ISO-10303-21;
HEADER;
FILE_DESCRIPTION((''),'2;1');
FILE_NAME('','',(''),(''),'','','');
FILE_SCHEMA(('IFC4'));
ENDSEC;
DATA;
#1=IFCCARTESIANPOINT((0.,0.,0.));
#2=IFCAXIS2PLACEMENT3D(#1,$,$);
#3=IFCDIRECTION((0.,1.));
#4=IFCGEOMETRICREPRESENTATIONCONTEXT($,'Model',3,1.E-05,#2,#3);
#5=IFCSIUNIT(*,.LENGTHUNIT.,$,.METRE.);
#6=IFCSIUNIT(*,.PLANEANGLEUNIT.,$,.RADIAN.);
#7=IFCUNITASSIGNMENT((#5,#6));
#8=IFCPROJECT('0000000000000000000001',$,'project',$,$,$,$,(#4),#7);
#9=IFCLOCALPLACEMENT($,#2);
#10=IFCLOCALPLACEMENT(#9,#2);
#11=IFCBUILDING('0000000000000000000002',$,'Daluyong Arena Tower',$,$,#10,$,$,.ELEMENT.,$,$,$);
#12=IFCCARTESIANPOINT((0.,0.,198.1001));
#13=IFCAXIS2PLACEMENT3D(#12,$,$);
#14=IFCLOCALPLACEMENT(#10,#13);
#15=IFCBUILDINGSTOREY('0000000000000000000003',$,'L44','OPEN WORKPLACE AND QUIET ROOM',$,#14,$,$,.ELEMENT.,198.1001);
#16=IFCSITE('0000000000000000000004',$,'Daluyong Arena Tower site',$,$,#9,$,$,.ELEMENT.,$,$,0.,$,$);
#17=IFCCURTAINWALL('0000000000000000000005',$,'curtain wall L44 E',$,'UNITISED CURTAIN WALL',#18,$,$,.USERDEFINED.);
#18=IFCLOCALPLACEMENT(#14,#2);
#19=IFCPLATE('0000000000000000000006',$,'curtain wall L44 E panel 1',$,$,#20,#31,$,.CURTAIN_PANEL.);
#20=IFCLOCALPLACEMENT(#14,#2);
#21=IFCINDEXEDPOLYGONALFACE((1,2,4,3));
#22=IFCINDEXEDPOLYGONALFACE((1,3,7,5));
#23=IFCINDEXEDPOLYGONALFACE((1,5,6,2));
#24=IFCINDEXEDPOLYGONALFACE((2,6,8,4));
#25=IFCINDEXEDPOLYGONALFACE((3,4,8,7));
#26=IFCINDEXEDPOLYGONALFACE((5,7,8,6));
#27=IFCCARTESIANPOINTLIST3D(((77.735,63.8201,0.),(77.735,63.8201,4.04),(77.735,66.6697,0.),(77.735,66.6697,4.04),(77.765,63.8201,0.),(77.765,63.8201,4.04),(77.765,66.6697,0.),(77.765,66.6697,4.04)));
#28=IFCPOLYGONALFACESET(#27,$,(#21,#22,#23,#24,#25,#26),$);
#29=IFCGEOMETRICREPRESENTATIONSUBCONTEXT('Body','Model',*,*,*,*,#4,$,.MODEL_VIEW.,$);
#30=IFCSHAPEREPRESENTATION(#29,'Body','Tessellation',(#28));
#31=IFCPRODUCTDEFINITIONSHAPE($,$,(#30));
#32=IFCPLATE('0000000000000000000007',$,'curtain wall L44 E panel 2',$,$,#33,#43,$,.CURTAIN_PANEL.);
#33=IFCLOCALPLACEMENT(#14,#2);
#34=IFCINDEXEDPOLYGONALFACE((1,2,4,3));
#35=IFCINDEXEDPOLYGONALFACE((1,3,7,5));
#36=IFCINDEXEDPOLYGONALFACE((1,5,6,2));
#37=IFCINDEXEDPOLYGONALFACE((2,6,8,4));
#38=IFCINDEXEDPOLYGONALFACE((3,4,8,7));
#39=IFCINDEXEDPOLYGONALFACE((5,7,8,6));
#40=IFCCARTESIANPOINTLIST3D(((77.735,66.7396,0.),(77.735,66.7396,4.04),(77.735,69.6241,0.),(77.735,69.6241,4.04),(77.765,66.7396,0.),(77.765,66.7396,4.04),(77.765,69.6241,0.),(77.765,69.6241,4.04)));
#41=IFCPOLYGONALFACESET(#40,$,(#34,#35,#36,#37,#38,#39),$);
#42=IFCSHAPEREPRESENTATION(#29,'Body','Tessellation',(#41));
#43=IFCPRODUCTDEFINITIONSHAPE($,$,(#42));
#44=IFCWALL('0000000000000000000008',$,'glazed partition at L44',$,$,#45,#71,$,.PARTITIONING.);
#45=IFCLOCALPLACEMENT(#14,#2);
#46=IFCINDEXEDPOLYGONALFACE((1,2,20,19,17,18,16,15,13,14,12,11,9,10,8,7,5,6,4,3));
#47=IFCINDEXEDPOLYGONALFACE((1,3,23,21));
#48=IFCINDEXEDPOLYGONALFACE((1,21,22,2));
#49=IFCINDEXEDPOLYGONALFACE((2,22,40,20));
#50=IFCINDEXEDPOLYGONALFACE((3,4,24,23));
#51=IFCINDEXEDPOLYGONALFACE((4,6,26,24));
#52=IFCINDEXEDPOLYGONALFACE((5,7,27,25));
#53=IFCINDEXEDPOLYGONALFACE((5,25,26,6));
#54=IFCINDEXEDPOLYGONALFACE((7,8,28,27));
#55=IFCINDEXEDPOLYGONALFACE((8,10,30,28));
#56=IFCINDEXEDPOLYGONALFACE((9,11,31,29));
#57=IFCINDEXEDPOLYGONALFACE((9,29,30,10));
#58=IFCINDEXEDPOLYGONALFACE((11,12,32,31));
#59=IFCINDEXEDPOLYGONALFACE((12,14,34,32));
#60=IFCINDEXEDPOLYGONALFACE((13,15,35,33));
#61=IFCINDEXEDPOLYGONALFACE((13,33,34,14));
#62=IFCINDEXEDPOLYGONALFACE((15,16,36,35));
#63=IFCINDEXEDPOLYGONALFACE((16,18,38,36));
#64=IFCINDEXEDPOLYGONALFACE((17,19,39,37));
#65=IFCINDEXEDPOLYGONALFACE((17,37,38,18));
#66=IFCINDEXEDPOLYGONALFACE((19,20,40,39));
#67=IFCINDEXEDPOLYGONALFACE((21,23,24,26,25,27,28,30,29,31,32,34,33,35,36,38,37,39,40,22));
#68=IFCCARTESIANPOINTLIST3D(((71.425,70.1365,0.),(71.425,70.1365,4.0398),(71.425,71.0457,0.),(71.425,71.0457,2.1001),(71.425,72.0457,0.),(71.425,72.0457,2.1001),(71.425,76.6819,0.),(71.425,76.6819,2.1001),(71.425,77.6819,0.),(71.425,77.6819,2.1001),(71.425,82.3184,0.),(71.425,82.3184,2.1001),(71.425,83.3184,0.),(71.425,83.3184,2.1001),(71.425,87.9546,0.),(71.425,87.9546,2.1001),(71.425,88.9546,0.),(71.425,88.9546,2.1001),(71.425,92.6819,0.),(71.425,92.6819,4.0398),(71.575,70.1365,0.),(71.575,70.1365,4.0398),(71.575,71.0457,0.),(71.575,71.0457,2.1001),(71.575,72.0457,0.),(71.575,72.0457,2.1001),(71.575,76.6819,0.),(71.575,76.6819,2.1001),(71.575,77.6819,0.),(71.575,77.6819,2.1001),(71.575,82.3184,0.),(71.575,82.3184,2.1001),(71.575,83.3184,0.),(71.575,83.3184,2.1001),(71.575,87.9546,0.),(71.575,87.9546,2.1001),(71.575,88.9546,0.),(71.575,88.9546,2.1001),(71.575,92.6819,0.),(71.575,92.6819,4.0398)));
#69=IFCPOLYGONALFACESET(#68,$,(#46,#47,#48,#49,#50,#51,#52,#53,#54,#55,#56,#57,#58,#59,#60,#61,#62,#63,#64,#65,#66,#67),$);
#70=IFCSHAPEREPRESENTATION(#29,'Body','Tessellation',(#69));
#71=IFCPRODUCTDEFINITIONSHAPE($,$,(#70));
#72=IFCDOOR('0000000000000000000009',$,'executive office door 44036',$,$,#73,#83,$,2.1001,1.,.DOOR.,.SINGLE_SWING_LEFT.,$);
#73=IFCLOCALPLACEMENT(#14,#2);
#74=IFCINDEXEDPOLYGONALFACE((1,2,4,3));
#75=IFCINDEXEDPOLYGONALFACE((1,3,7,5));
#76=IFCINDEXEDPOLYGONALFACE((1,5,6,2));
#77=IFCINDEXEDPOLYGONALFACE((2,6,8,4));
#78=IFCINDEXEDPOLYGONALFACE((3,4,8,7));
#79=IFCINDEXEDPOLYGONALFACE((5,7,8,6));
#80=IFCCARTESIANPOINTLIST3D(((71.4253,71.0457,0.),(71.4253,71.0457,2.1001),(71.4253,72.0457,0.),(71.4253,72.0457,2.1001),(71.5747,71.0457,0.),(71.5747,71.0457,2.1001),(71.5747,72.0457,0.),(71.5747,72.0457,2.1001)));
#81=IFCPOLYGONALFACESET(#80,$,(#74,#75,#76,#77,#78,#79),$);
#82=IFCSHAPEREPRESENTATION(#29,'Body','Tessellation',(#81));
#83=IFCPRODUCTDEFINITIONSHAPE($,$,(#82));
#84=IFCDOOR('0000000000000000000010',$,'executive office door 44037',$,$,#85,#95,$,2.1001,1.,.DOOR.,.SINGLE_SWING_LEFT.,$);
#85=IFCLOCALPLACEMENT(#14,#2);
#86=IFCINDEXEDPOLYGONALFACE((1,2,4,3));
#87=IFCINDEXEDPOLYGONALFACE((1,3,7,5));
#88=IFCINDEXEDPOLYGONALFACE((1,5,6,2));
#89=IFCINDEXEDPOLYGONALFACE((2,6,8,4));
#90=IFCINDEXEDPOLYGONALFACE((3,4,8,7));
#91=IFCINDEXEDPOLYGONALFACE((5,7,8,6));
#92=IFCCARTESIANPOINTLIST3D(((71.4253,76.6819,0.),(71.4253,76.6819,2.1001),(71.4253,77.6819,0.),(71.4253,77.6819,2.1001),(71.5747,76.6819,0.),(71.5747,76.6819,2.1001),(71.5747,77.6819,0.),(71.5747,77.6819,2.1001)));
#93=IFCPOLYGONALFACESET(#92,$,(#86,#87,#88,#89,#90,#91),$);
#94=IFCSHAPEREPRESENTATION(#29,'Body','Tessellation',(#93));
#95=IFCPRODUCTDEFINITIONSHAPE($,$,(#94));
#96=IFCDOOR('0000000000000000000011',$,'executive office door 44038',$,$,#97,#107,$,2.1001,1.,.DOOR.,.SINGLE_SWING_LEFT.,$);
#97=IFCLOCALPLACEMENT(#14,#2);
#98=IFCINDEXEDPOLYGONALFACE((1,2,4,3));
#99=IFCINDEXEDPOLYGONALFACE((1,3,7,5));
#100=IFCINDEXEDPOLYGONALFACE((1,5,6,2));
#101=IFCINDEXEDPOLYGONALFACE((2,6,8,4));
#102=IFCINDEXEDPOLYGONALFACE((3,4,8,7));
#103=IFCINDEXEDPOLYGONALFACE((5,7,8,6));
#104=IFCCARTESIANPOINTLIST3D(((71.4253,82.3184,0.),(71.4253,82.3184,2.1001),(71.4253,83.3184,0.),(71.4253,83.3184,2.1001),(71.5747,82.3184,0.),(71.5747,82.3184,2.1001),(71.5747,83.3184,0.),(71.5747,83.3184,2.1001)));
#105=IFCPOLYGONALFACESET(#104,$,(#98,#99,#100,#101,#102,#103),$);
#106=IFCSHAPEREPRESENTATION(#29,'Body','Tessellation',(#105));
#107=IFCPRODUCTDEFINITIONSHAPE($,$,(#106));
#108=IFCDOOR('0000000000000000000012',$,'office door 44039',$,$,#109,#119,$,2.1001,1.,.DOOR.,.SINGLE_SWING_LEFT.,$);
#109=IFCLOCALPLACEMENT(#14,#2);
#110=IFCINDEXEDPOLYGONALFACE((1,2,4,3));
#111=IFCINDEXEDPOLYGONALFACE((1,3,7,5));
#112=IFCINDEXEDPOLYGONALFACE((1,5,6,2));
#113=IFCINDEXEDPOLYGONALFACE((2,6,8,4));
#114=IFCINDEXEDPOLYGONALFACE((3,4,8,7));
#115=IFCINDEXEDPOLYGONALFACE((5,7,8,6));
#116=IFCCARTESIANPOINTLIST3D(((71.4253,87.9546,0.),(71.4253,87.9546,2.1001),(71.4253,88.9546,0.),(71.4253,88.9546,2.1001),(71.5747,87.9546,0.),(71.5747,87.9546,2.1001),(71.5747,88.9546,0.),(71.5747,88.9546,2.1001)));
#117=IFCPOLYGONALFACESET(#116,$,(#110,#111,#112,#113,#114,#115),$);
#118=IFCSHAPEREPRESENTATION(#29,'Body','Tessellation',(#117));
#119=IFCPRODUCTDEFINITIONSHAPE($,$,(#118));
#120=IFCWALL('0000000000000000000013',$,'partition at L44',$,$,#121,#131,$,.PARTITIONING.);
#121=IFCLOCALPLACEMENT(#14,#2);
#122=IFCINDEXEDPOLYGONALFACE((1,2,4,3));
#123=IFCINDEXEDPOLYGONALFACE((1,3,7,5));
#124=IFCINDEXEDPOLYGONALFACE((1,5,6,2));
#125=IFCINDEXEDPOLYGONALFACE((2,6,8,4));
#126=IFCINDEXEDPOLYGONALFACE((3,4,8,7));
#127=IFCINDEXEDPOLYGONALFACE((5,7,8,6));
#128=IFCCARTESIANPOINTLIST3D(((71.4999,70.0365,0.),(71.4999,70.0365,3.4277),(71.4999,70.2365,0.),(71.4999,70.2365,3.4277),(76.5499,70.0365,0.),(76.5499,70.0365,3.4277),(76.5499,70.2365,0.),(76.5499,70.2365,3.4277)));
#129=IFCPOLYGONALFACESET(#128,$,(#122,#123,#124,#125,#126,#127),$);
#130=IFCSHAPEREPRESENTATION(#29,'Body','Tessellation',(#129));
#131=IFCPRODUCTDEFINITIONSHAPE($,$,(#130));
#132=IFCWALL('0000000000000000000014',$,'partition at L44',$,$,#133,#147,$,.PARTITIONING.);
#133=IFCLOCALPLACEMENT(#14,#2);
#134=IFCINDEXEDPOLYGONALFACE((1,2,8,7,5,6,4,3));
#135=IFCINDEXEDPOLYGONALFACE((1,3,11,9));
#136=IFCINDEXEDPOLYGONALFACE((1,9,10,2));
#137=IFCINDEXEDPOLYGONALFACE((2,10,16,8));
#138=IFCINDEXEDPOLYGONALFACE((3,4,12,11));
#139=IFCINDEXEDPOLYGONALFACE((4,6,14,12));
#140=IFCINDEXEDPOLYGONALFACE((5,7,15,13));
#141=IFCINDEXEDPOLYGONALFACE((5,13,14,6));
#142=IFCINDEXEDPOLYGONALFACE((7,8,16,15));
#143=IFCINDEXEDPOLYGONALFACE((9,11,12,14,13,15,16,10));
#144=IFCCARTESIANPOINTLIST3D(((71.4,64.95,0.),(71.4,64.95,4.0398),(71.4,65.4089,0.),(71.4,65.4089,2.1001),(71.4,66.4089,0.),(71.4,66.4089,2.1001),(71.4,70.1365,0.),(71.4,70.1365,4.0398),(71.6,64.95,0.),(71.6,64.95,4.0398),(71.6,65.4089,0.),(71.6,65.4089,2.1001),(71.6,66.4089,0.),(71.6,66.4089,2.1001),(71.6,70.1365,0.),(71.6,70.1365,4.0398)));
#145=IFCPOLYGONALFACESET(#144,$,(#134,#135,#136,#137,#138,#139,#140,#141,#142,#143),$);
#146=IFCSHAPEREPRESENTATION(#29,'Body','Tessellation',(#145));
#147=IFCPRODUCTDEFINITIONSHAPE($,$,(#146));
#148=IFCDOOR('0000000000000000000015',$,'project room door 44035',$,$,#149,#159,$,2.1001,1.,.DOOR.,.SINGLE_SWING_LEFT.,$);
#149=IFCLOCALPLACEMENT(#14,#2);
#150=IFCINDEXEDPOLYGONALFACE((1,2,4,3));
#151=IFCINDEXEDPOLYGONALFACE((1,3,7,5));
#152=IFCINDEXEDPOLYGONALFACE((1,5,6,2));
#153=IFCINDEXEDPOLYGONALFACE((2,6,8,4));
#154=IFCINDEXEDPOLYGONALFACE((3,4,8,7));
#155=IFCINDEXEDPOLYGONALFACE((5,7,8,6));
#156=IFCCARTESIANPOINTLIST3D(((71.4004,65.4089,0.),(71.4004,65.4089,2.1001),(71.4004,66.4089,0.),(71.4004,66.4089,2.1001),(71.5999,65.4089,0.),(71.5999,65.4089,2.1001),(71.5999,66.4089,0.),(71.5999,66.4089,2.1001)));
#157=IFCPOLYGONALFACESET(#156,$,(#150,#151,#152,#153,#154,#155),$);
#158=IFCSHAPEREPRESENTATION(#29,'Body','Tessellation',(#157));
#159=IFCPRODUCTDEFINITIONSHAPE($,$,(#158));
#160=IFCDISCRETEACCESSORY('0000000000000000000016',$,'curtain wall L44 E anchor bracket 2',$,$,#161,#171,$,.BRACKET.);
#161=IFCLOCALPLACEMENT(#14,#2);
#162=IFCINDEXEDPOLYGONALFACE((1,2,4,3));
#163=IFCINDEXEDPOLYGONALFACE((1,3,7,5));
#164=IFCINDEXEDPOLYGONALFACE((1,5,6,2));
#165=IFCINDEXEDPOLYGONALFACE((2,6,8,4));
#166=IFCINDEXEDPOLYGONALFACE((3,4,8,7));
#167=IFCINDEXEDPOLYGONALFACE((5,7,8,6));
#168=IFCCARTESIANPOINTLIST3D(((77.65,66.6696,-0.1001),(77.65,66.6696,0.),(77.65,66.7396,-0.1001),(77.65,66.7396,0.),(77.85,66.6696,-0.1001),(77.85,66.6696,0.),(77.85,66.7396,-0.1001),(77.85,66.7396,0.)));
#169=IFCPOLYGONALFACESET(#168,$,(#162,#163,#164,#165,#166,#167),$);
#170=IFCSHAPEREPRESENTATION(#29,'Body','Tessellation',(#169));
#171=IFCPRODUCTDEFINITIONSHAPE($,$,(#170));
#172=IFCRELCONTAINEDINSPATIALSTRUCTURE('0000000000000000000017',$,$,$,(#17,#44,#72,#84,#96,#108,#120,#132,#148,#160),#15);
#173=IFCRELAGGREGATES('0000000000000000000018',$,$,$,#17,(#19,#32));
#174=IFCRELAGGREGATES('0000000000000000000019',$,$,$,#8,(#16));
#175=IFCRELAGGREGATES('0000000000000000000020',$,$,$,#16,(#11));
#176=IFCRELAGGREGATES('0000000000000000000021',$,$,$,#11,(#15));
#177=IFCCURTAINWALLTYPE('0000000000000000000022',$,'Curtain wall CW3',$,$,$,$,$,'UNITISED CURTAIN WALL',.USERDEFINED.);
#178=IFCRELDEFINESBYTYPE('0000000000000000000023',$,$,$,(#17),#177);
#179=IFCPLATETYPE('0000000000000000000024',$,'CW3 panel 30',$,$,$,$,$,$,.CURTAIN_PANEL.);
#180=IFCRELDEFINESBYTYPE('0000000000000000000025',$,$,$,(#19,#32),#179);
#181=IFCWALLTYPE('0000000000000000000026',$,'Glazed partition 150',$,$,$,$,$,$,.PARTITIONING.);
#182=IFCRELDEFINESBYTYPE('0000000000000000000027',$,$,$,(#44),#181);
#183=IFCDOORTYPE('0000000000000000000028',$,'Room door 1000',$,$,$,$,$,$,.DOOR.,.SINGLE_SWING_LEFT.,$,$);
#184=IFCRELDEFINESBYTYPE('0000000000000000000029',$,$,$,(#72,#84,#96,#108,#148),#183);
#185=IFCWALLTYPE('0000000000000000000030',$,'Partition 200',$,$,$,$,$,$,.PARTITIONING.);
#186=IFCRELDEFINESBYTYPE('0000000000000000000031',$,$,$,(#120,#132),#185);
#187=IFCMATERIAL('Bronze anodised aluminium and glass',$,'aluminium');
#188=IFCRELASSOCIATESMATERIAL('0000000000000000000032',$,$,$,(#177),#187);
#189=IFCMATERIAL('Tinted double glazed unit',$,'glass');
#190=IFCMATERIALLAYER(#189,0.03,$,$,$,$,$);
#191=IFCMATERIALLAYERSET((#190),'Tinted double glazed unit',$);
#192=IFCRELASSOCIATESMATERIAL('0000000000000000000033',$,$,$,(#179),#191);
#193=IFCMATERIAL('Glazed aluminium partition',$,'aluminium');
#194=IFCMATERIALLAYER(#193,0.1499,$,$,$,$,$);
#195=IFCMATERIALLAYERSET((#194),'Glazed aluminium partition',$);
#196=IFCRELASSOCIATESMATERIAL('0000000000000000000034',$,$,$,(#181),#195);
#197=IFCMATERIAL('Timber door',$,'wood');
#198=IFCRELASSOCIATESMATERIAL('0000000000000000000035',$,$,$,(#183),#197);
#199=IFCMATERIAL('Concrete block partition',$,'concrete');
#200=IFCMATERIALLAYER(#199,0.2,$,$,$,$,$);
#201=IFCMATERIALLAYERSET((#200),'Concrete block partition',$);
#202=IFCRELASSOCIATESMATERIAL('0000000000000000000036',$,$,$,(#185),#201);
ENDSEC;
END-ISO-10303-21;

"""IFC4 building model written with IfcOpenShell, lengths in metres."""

from ifc_helpers import new_model, si_unit, direction, frame, frame_2d, origin, origin_2d, place, context, subcontext, project, spatial, rectangle, extrude, material, layer, layer_set, type_object, element, fill, aggregate, save


model = new_model("IFC4")

# Units and contexts
model_context = context("Model", 3, precision=1e-05, world=origin(), true_north=direction((0.0, 1.0)))
body_context = subcontext(model_context, "Body", "Model", "MODEL_VIEW")
ifc_project = project(units=[si_unit("LENGTHUNIT", "METRE"), si_unit("PLANEANGLEUNIT", "RADIAN")], contexts=[model_context])

# Site, building, storey
site_placement = place(None, origin())
site = spatial("IfcSite", under=ifc_project, at=site_placement, Name="Daluyong Arena Tower site", CompositionType="ELEMENT", RefElevation=0.0)
building_placement = place(site_placement, origin())
building = spatial("IfcBuilding", under=site, at=building_placement, Name="Daluyong Arena Tower", CompositionType="ELEMENT")
storey_placement = place(building_placement, frame((0.0, 0.0, 198.1001)))
storey = spatial("IfcBuildingStorey", under=building, at=storey_placement, Name="L44", Description="OPEN WORKPLACE AND QUIET ROOM", CompositionType="ELEMENT", Elevation=198.1001)

# Curtain wall
ifc_material_1 = material(Name="Bronze anodised aluminium and glass", Category="aluminium")
curtain_wall_type = type_object("IfcCurtainWallType", Name="Curtain wall CW3", ElementType="UNITISED CURTAIN WALL", PredefinedType="USERDEFINED", material=ifc_material_1)
curtain_wall_placement = place(storey_placement, origin())
curtain_wall = element("IfcCurtainWall", 1, at=curtain_wall_placement, inside=storey, type_object=curtain_wall_type, Name="curtain wall L44 E", ObjectType="UNITISED CURTAIN WALL", PredefinedType="USERDEFINED")

# Plates
ifc_material_2 = material(Name="Tinted double glazed unit", Category="glass")
ifc_layer_1 = layer(ifc_material_2, 0.03)
ifc_layer_set_1 = layer_set([ifc_layer_1], Name="Tinted double glazed unit")
plate_type = type_object("IfcPlateType", Name="CW3 panel 30", PredefinedType="CURTAIN_PANEL", material=ifc_layer_set_1)
plate_1_placement = place(storey_placement, frame((77.75, 65.2449, 0.0), z_axis=(0.0, 0.0, 1.0), x_axis=(0.0, 1.0, 0.0)))
plate_1 = element("IfcPlate", 2, at=plate_1_placement, type_object=plate_type, Name="curtain wall L44 E panel 1", PredefinedType="CURTAIN_PANEL", context=body_context, shape_type="SweptSolid", body=[
    extrude(rectangle(XDim=2.8496, YDim=0.03, at=origin_2d()), origin(), (0.0, 0.0, 1.0), 4.04),
])
plate_2_placement = place(storey_placement, frame((77.75, 68.1819, 0.0), z_axis=(0.0, 0.0, 1.0), x_axis=(0.0, 1.0, 0.0)))
plate_2 = element("IfcPlate", 3, at=plate_2_placement, type_object=plate_type, Name="curtain wall L44 E panel 2", PredefinedType="CURTAIN_PANEL", context=body_context, shape_type="SweptSolid", body=[
    extrude(rectangle(XDim=2.8845, YDim=0.03, at=origin_2d()), origin(), (0.0, 0.0, 1.0), 4.04),
])
aggregate(curtain_wall, [plate_1, plate_2])

# Wall, openings, doors
ifc_material_3 = material(Name="Glazed aluminium partition", Category="aluminium")
ifc_layer_2 = layer(ifc_material_3, 0.1499)
ifc_layer_set_2 = layer_set([ifc_layer_2], Name="Glazed aluminium partition")
wall_type_1 = type_object("IfcWallType", Name="Glazed partition 150", PredefinedType="PARTITIONING", material=ifc_layer_set_2)
wall_1_placement = place(storey_placement, frame((71.5, 70.1365, 0.0), z_axis=(0.0, 0.0, 1.0), x_axis=(0.0, 1.0, 0.0)))
wall_1 = element("IfcWall", 4, at=wall_1_placement, inside=storey, type_object=wall_type_1, Name="glazed partition at L44", PredefinedType="PARTITIONING", context=body_context, shape_type="SweptSolid", body=[
    extrude(rectangle(XDim=22.5454, YDim=0.1499, at=frame_2d((11.2727, 0.0))), origin(), (0.0, 0.0, 1.0), 4.0398),
])
opening_1_placement = place(wall_1_placement, frame((0.9092, 0.0, 0.0)))
opening_1 = element("IfcOpeningElement", 5, at=opening_1_placement, cuts=wall_1, PredefinedType="OPENING", context=body_context, shape_type="SweptSolid", body=[
    extrude(rectangle(XDim=1.0, YDim=2.1001, at=frame_2d((0.5, 1.05))), frame((0.0, 0.085, 0.0), z_axis=(0.0, -1.0, 0.0), x_axis=(1.0, 0.0, 0.0)), (0.0, 0.0, 1.0), 0.1699),
])
opening_2_placement = place(wall_1_placement, frame((6.5454, 0.0, 0.0)))
opening_2 = element("IfcOpeningElement", 6, at=opening_2_placement, cuts=wall_1, PredefinedType="OPENING", context=body_context, shape_type="SweptSolid", body=[
    extrude(rectangle(XDim=1.0, YDim=2.1001, at=frame_2d((0.5, 1.05))), frame((0.0, 0.085, 0.0), z_axis=(0.0, -1.0, 0.0), x_axis=(1.0, 0.0, 0.0)), (0.0, 0.0, 1.0), 0.1699),
])
opening_3_placement = place(wall_1_placement, frame((12.1819, 0.0, 0.0)))
opening_3 = element("IfcOpeningElement", 7, at=opening_3_placement, cuts=wall_1, PredefinedType="OPENING", context=body_context, shape_type="SweptSolid", body=[
    extrude(rectangle(XDim=1.0, YDim=2.1001, at=frame_2d((0.5, 1.05))), frame((0.0, 0.085, 0.0), z_axis=(0.0, -1.0, 0.0), x_axis=(1.0, 0.0, 0.0)), (0.0, 0.0, 1.0), 0.1699),
])
opening_4_placement = place(wall_1_placement, frame((17.8181, 0.0, 0.0)))
opening_4 = element("IfcOpeningElement", 8, at=opening_4_placement, cuts=wall_1, PredefinedType="OPENING", context=body_context, shape_type="SweptSolid", body=[
    extrude(rectangle(XDim=1.0, YDim=2.1001, at=frame_2d((0.5, 1.05))), frame((0.0, 0.085, 0.0), z_axis=(0.0, -1.0, 0.0), x_axis=(1.0, 0.0, 0.0)), (0.0, 0.0, 1.0), 0.1699),
])
ifc_material_4 = material(Name="Timber door", Category="wood")
door_type = type_object("IfcDoorType", Name="Room door 1000", OperationType="SINGLE_SWING_LEFT", PredefinedType="DOOR", material=ifc_material_4)
door_1_placement = place(opening_1_placement, origin())
door_1 = element("IfcDoor", 9, at=door_1_placement, inside=storey, type_object=door_type, Name="executive office door 44036", OperationType="SINGLE_SWING_LEFT", OverallHeight=2.1001, OverallWidth=1.0, PredefinedType="DOOR", context=body_context, shape_type="SweptSolid", body=[
    extrude(rectangle(XDim=1.0, YDim=2.1001, at=frame_2d((0.5, 1.05))), frame((0.0, 0.0747, 0.0), z_axis=(0.0, -1.0, 0.0), x_axis=(1.0, 0.0, 0.0)), (0.0, 0.0, 1.0), 0.1494),
])
fill(opening_1, door_1)
door_2_placement = place(opening_2_placement, origin())
door_2 = element("IfcDoor", 10, at=door_2_placement, inside=storey, type_object=door_type, Name="executive office door 44037", OperationType="SINGLE_SWING_LEFT", OverallHeight=2.1001, OverallWidth=1.0, PredefinedType="DOOR", context=body_context, shape_type="SweptSolid", body=[
    extrude(rectangle(XDim=1.0, YDim=2.1001, at=frame_2d((0.5, 1.05))), frame((0.0, 0.0747, 0.0), z_axis=(0.0, -1.0, 0.0), x_axis=(1.0, 0.0, 0.0)), (0.0, 0.0, 1.0), 0.1494),
])
fill(opening_2, door_2)
door_3_placement = place(opening_3_placement, origin())
door_3 = element("IfcDoor", 11, at=door_3_placement, inside=storey, type_object=door_type, Name="executive office door 44038", OperationType="SINGLE_SWING_LEFT", OverallHeight=2.1001, OverallWidth=1.0, PredefinedType="DOOR", context=body_context, shape_type="SweptSolid", body=[
    extrude(rectangle(XDim=1.0, YDim=2.1001, at=frame_2d((0.5, 1.05))), frame((0.0, 0.0747, 0.0), z_axis=(0.0, -1.0, 0.0), x_axis=(1.0, 0.0, 0.0)), (0.0, 0.0, 1.0), 0.1494),
])
fill(opening_3, door_3)
door_4_placement = place(opening_4_placement, origin())
door_4 = element("IfcDoor", 12, at=door_4_placement, inside=storey, type_object=door_type, Name="office door 44039", OperationType="SINGLE_SWING_LEFT", OverallHeight=2.1001, OverallWidth=1.0, PredefinedType="DOOR", context=body_context, shape_type="SweptSolid", body=[
    extrude(rectangle(XDim=1.0, YDim=2.1001, at=frame_2d((0.5, 1.05))), frame((0.0, 0.0747, 0.0), z_axis=(0.0, -1.0, 0.0), x_axis=(1.0, 0.0, 0.0)), (0.0, 0.0, 1.0), 0.1494),
])
fill(opening_4, door_4)

# Wall
ifc_material_5 = material(Name="Concrete block partition", Category="concrete")
ifc_layer_3 = layer(ifc_material_5, 0.2)
ifc_layer_set_3 = layer_set([ifc_layer_3], Name="Concrete block partition")
wall_type_2 = type_object("IfcWallType", Name="Partition 200", PredefinedType="PARTITIONING", material=ifc_layer_set_3)
wall_2_placement = place(storey_placement, frame((71.5, 70.1365, 0.0), z_axis=(0.0, 0.0, 1.0), x_axis=(1.0, 0.0, 0.0)))
element("IfcWall", 13, at=wall_2_placement, inside=storey, type_object=wall_type_2, Name="partition at L44", PredefinedType="PARTITIONING", context=body_context, shape_type="SweptSolid", body=[
    extrude(rectangle(XDim=5.05, YDim=0.2, at=frame_2d((2.5249, 0.0))), origin(), (0.0, 0.0, 1.0), 3.4277),
])

# Wall, opening, door
wall_3_placement = place(storey_placement, frame((71.5, 64.95, 0.0), z_axis=(0.0, 0.0, 1.0), x_axis=(0.0, 1.0, 0.0)))
wall_3 = element("IfcWall", 14, at=wall_3_placement, inside=storey, type_object=wall_type_2, Name="partition at L44", PredefinedType="PARTITIONING", context=body_context, shape_type="SweptSolid", body=[
    extrude(rectangle(XDim=5.1865, YDim=0.2, at=frame_2d((2.5933, 0.0))), origin(), (0.0, 0.0, 1.0), 4.0398),
])
opening_5_placement = place(wall_3_placement, frame((0.459, 0.0, 0.0)))
opening_5 = element("IfcOpeningElement", 15, at=opening_5_placement, cuts=wall_3, PredefinedType="OPENING", context=body_context, shape_type="SweptSolid", body=[
    extrude(rectangle(XDim=1.0, YDim=2.1001, at=frame_2d((0.5, 1.05))), frame((0.0, 0.1099, 0.0), z_axis=(0.0, -1.0, 0.0), x_axis=(1.0, 0.0, 0.0)), (0.0, 0.0, 1.0), 0.22),
])
door_5_placement = place(opening_5_placement, origin())
door_5 = element("IfcDoor", 16, at=door_5_placement, inside=storey, type_object=door_type, Name="project room door 44035", OperationType="SINGLE_SWING_LEFT", OverallHeight=2.1001, OverallWidth=1.0, PredefinedType="DOOR", context=body_context, shape_type="SweptSolid", body=[
    extrude(rectangle(XDim=1.0, YDim=2.1001, at=frame_2d((0.5, 1.05))), frame((0.0, 0.0996, 0.0), z_axis=(0.0, -1.0, 0.0), x_axis=(1.0, 0.0, 0.0)), (0.0, 0.0, 1.0), 0.1995),
])
fill(opening_5, door_5)

# Discrete accessory
for number, where, z_axis, x_axis, name in (
    (17, (77.75, 66.7046, -0.1001), (0.0, 0.0, 1.0), (0.0, 1.0, 0.0), "curtain wall L44 E anchor bracket 2"),
):
    element("IfcDiscreteAccessory", number, at=place(storey_placement, frame(where, z_axis=z_axis, x_axis=x_axis)), inside=storey, Name=name, PredefinedType="BRACKET", context=body_context, shape_type="SweptSolid", body=[
        extrude(rectangle(XDim=0.0701, YDim=0.2, at=origin_2d()), origin(), (0.0, 0.0, 1.0), 0.1001),
    ])

save(model, "model.ifc")
